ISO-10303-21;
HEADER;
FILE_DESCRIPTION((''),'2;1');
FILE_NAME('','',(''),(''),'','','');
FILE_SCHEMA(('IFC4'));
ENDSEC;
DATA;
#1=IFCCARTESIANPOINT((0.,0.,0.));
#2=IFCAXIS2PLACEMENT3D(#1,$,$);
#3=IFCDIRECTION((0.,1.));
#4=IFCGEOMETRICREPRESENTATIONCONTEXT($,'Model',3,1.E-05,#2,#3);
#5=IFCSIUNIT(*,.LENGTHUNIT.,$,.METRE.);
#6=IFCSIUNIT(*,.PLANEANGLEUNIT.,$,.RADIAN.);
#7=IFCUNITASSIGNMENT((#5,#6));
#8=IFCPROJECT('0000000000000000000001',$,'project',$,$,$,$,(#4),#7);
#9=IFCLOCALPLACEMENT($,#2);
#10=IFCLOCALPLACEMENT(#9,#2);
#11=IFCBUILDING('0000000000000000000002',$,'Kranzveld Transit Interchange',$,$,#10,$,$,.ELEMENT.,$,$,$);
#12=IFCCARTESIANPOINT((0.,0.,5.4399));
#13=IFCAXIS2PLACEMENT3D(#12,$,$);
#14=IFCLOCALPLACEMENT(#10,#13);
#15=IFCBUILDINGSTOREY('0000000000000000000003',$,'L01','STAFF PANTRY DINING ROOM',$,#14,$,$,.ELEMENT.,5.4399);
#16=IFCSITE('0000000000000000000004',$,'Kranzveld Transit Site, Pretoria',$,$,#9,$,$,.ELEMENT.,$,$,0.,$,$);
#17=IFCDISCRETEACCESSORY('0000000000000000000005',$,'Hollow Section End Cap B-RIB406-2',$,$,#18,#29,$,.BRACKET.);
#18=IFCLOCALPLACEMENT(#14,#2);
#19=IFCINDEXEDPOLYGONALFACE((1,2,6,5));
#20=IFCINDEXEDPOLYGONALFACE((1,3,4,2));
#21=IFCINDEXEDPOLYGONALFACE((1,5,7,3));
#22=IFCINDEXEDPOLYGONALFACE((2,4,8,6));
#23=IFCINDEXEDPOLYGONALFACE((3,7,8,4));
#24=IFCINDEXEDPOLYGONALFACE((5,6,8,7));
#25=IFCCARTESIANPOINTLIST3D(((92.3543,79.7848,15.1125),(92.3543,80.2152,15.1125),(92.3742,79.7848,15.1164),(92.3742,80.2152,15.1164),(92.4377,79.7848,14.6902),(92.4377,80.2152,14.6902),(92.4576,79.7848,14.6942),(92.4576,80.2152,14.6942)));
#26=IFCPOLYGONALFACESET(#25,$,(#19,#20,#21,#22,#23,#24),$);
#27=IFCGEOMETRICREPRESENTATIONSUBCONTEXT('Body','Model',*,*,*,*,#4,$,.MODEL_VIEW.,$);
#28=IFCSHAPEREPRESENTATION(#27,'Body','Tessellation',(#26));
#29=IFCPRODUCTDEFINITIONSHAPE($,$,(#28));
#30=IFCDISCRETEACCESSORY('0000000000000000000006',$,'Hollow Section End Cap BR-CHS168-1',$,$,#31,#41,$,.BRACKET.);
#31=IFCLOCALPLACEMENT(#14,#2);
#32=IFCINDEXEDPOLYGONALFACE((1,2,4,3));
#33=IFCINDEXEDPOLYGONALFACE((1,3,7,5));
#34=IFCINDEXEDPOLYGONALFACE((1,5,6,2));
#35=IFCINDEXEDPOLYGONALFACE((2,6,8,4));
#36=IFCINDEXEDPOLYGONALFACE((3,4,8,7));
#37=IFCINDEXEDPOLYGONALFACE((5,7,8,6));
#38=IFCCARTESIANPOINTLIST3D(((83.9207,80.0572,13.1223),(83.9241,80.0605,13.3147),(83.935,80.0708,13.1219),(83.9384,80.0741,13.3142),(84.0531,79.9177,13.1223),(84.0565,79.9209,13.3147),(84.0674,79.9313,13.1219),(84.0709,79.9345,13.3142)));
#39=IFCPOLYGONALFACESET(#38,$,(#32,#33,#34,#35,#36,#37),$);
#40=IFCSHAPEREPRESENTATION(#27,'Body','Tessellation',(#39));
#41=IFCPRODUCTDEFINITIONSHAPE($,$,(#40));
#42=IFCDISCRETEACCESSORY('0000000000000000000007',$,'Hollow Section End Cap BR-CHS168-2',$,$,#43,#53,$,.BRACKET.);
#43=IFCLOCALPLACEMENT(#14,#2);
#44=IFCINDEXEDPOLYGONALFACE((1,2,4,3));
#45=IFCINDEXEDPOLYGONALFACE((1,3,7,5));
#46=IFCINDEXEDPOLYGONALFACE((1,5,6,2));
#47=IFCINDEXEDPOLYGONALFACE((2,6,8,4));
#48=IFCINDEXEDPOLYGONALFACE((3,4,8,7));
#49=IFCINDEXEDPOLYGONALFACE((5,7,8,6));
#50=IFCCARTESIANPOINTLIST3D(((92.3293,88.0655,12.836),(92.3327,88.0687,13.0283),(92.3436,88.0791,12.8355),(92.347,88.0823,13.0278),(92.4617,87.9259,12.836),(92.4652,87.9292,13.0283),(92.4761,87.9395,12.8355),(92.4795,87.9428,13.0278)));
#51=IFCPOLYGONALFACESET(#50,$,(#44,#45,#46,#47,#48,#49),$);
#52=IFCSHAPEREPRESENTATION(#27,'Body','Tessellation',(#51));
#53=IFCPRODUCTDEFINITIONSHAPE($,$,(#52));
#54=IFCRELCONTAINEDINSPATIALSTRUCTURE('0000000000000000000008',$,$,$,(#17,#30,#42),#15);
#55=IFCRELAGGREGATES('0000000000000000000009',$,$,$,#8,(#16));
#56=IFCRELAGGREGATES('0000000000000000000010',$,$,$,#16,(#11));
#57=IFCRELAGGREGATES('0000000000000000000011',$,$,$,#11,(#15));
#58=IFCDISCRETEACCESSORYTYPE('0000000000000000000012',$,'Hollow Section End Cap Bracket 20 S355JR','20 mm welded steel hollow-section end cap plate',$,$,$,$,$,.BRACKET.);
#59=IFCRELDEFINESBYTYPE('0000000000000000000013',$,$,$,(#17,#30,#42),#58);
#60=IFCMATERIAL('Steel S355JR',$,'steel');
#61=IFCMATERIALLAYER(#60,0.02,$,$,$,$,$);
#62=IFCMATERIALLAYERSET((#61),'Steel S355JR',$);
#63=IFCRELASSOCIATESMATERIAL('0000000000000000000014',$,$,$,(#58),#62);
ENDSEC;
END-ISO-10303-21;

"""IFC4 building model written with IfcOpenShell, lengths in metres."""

from ifc_helpers import new_model, si_unit, direction, frame, origin, origin_2d, place, context, subcontext, project, spatial, rectangle, extrude, material, layer, layer_set, type_object, element, save


model = new_model("IFC4")

# Units and contexts
model_context = context("Model", 3, precision=1e-05, world=origin(), true_north=direction((0.0, 1.0)))
body_context = subcontext(model_context, "Body", "Model", "MODEL_VIEW")
ifc_project = project(units=[si_unit("LENGTHUNIT", "METRE"), si_unit("PLANEANGLEUNIT", "RADIAN")], contexts=[model_context])

# Site, building, storey
site_placement = place(None, origin())
site = spatial("IfcSite", under=ifc_project, at=site_placement, Name="Kranzveld Transit Site, Pretoria", CompositionType="ELEMENT", RefElevation=0.0)
building_placement = place(site_placement, origin())
building = spatial("IfcBuilding", under=site, at=building_placement, Name="Kranzveld Transit Interchange", CompositionType="ELEMENT")
storey_placement = place(building_placement, frame((0.0, 0.0, 5.4399)))
storey = spatial("IfcBuildingStorey", under=building, at=storey_placement, Name="L01", Description="STAFF PANTRY DINING ROOM", CompositionType="ELEMENT", Elevation=5.4399)

# Discrete accessories
ifc_material_1 = material(Name="Steel S355JR", Category="steel")
ifc_layer_1 = layer(ifc_material_1, 0.02)
ifc_layer_set_1 = layer_set([ifc_layer_1], Name="Steel S355JR")
discrete_accessory_type = type_object("IfcDiscreteAccessoryType", Name="Hollow Section End Cap Bracket 20 S355JR", Description="20 mm welded steel hollow-section end cap plate", PredefinedType="BRACKET", material=ifc_layer_set_1)
discrete_accessory_1_placement = place(storey_placement, frame((92.396, 80.0, 14.9014), z_axis=(0.981044, 0.0, 0.193786), x_axis=(0.0, 1.0, 0.0)))
element("IfcDiscreteAccessory", 1, at=discrete_accessory_1_placement, inside=storey, type_object=discrete_accessory_type, Name="Hollow Section End Cap B-RIB406-2", PredefinedType="BRACKET", context=body_context, shape_type="SweptSolid", body=[
    extrude(rectangle(XDim=0.4304, YDim=0.4304, at=origin_2d()), origin(), (0.0, 0.0, 1.0), 0.0203),
])
for number, where, z_axis, x_axis, name in (
    (2, (84.0029, 80.0027, 13.218), (-0.725087, -0.688218, 0.024579), (0.688426, -0.725306, 0.0), "Hollow Section End Cap BR-CHS168-1"),
    (3, (92.3972, 87.9973, 12.9321), (0.725087, 0.688218, -0.024579), (-0.688426, 0.725306, 0.0), "Hollow Section End Cap BR-CHS168-2"),
):
    element("IfcDiscreteAccessory", number, at=place(storey_placement, frame(where, z_axis=z_axis, x_axis=x_axis)), inside=storey, type_object=discrete_accessory_type, Name=name, PredefinedType="BRACKET", context=body_context, shape_type="SweptSolid", body=[
        extrude(rectangle(XDim=0.1924, YDim=0.1924, at=origin_2d()), origin(), (0.0, 0.0, 1.0), 0.0198),
    ])

save(model, "model.ifc")
